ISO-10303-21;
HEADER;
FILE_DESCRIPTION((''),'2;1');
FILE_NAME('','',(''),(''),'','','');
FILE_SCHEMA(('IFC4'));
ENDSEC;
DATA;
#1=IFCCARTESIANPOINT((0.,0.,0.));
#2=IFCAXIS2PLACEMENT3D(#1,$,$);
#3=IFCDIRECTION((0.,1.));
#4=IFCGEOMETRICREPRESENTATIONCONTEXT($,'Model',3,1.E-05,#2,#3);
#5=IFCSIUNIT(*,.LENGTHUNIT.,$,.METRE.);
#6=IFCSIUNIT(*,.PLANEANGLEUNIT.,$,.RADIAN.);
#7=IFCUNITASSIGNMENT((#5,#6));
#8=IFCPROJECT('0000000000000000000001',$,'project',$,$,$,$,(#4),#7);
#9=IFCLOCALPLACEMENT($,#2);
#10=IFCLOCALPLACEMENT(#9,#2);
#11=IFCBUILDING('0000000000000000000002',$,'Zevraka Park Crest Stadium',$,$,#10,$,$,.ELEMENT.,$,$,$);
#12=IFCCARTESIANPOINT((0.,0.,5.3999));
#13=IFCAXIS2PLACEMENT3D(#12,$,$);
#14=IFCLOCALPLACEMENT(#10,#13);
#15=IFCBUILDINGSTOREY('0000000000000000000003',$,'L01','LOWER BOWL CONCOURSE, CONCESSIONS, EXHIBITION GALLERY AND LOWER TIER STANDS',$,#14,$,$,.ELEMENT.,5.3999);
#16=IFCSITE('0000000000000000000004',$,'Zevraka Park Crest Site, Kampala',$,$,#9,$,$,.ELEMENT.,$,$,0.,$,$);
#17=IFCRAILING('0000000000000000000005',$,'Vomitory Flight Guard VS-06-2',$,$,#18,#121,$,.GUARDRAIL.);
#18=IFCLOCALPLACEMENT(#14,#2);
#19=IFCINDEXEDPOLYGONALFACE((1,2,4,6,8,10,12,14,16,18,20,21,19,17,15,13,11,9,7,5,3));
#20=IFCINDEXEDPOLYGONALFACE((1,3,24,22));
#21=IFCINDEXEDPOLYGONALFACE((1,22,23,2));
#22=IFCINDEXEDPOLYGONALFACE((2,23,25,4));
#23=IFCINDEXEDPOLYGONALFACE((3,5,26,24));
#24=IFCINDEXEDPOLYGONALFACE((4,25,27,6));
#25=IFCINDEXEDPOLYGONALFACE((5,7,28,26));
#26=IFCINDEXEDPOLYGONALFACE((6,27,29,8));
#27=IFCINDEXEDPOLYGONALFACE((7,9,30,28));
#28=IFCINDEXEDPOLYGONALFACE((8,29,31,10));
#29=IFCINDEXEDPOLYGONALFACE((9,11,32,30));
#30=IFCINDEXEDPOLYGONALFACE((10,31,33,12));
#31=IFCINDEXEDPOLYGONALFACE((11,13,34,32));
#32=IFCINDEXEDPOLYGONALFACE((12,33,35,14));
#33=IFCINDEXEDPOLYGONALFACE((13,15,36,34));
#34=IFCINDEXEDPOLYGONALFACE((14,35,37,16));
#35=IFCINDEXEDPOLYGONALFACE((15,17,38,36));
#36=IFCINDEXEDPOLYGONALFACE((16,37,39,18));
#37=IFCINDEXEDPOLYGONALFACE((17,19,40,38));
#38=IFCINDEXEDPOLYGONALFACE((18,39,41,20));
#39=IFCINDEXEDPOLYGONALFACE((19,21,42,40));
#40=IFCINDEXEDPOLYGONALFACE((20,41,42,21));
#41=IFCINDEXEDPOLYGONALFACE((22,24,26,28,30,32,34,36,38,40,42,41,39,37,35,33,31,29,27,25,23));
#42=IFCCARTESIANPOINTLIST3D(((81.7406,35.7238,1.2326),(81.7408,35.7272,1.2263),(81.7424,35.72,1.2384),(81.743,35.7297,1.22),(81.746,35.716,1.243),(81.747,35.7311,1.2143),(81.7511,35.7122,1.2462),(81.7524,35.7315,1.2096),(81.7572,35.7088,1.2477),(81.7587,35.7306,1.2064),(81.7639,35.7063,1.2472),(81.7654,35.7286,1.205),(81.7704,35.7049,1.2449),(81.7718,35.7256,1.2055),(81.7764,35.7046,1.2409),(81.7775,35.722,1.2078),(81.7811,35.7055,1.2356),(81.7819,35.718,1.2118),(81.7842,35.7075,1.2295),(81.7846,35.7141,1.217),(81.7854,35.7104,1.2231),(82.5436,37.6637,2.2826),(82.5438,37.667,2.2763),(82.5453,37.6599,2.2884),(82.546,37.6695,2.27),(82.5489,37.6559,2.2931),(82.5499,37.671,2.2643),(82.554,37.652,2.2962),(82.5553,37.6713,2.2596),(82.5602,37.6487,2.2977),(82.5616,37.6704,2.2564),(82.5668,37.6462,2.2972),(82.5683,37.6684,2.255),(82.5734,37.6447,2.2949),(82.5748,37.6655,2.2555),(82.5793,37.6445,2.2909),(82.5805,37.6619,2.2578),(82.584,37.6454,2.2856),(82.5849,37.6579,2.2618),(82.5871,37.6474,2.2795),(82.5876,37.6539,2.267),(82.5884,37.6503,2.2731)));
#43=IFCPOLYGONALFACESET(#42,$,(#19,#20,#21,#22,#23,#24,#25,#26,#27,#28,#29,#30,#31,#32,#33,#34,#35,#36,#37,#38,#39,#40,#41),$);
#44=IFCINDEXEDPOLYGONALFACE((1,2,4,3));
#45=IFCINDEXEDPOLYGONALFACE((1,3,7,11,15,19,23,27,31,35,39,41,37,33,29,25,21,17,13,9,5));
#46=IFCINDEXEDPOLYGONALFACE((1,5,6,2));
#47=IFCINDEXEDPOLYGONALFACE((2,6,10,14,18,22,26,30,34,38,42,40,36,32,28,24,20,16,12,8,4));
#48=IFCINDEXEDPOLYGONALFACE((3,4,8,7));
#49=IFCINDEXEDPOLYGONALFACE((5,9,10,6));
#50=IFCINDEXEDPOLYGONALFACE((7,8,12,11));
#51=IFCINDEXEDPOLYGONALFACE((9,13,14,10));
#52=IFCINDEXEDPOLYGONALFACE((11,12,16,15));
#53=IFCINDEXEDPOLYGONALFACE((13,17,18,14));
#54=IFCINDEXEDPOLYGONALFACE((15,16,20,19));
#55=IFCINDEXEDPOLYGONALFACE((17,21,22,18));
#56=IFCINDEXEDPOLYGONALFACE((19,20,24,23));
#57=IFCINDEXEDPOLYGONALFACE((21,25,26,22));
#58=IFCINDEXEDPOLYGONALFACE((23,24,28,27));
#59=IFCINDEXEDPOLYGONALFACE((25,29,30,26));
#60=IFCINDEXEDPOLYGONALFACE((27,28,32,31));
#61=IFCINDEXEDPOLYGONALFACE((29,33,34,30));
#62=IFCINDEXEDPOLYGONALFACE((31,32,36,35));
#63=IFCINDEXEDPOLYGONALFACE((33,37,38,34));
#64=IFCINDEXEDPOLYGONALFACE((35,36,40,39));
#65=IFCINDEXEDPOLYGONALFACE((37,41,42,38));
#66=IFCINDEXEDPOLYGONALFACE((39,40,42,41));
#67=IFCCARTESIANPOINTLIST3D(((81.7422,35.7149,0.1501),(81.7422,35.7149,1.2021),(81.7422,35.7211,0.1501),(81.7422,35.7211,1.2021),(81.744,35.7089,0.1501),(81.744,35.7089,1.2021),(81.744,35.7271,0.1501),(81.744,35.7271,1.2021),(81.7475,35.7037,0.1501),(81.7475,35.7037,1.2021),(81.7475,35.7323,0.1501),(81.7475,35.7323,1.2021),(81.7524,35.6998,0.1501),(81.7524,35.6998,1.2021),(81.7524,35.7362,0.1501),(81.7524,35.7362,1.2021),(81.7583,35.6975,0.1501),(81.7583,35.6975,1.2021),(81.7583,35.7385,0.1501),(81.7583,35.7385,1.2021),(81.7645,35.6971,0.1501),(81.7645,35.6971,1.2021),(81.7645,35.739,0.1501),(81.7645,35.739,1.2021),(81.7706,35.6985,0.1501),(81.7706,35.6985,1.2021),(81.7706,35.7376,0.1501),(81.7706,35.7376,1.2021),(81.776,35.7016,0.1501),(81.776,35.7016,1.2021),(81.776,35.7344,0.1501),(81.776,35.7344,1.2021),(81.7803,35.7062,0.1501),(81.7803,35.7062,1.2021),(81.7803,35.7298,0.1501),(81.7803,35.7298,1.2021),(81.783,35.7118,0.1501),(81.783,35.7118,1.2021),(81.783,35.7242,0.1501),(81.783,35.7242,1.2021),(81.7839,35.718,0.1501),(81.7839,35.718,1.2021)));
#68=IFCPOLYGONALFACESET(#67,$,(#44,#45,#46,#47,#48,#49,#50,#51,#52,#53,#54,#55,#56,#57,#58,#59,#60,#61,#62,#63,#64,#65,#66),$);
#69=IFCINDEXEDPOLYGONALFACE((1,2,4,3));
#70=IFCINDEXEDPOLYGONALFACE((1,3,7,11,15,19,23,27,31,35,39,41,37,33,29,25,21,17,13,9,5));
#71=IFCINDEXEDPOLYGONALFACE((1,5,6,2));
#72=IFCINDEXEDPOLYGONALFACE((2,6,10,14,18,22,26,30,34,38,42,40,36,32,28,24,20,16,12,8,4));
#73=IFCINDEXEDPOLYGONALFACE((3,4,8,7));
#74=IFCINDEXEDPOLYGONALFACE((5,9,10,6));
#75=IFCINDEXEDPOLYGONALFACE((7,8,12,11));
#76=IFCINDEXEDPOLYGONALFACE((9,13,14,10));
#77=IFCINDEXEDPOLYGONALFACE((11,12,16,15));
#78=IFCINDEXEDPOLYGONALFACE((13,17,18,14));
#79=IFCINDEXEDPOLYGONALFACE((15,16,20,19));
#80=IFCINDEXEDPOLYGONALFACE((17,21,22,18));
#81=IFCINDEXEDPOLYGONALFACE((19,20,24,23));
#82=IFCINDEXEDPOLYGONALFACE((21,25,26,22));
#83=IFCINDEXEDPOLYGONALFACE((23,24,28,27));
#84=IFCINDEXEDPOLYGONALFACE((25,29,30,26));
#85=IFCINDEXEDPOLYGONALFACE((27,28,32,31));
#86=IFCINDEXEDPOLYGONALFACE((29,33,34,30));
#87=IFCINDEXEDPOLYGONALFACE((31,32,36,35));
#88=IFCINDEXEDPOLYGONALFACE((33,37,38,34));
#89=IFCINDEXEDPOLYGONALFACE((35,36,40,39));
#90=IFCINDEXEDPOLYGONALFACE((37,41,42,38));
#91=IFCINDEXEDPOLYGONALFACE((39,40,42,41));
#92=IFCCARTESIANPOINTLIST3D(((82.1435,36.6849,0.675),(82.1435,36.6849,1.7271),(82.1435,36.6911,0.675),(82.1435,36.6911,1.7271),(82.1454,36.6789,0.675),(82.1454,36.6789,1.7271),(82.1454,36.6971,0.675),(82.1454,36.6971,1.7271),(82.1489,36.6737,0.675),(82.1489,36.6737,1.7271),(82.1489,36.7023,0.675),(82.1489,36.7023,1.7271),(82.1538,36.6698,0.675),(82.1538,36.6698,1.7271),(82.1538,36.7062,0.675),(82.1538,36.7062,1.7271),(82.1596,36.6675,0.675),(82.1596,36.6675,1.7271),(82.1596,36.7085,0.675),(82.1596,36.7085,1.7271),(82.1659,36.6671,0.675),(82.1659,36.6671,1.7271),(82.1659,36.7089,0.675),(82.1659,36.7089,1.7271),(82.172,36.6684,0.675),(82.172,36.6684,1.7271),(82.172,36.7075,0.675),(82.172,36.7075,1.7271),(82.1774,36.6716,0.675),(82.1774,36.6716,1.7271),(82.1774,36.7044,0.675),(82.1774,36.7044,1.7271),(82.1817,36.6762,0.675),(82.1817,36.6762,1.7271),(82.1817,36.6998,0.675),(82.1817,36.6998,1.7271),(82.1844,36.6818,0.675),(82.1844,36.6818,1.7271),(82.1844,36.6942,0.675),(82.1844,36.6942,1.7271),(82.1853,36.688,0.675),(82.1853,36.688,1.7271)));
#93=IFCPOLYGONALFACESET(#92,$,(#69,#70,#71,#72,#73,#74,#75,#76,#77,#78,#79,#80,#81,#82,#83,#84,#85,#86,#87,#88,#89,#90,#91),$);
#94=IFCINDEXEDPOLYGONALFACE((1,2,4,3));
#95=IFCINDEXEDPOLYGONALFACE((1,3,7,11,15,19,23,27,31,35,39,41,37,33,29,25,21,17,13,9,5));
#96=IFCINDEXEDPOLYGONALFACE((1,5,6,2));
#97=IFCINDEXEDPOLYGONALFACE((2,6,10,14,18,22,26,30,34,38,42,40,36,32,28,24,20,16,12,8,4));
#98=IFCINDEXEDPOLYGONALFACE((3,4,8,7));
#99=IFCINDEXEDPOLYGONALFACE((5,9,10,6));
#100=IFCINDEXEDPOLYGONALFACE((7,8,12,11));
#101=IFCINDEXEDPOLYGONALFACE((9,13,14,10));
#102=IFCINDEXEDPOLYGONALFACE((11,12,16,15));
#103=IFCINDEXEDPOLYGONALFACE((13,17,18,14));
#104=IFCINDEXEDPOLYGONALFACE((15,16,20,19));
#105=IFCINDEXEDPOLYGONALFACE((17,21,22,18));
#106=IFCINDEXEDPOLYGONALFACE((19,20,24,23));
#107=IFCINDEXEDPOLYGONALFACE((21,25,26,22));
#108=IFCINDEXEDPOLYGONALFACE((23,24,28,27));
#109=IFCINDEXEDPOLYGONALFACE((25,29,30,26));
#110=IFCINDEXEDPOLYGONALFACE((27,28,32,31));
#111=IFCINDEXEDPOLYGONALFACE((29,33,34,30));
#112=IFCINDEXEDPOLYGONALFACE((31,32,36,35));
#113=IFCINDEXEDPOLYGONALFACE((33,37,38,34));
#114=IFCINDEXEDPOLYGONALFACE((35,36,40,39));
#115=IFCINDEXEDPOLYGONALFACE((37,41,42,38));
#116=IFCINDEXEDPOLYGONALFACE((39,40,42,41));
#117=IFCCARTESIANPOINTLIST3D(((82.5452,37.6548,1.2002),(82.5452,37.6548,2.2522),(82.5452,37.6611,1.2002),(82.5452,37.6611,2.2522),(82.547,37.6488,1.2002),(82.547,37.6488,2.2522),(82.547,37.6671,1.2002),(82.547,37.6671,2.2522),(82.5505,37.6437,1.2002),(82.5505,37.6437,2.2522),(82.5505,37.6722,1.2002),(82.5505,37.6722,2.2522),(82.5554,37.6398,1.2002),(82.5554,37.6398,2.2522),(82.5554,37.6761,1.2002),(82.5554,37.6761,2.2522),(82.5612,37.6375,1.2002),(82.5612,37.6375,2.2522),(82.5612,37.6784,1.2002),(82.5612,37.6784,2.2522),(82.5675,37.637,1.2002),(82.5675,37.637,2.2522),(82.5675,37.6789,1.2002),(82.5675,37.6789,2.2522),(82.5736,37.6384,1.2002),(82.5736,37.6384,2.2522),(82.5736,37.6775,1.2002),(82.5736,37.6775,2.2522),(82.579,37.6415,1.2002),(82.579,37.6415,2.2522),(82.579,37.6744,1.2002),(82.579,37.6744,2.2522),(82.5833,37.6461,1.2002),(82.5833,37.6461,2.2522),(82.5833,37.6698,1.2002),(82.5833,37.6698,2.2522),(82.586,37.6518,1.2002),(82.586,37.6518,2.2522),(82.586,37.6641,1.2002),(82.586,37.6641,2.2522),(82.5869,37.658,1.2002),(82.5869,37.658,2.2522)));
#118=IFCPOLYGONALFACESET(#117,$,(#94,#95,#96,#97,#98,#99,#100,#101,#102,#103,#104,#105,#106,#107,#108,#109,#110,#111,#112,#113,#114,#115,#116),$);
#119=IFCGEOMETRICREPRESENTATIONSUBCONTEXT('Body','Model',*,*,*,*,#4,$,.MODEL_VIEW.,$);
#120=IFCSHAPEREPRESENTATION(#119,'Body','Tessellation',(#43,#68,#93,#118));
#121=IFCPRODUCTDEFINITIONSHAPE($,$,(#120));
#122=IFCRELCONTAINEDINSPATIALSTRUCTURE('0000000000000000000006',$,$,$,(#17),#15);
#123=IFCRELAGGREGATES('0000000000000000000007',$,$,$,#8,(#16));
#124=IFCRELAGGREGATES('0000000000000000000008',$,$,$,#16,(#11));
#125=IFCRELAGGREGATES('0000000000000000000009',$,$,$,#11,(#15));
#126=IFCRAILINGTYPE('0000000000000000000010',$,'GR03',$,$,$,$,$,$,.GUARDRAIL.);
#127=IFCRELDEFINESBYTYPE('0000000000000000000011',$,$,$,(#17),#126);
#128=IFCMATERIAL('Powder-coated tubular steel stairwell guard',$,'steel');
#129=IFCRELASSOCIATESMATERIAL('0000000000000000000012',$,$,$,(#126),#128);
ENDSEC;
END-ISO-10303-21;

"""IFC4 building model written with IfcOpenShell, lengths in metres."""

from ifc_helpers import new_model, si_unit, direction, frame, origin, origin_2d, place, context, subcontext, project, spatial, circle, extrude, material, type_object, element, save


model = new_model("IFC4")

# Units and contexts
model_context = context("Model", 3, precision=1e-05, world=origin(), true_north=direction((0.0, 1.0)))
body_context = subcontext(model_context, "Body", "Model", "MODEL_VIEW")
ifc_project = project(units=[si_unit("LENGTHUNIT", "METRE"), si_unit("PLANEANGLEUNIT", "RADIAN")], contexts=[model_context])

# Site, building, storey
site_placement = place(None, origin())
site = spatial("IfcSite", under=ifc_project, at=site_placement, Name="Zevraka Park Crest Site, Kampala", CompositionType="ELEMENT", RefElevation=0.0)
building_placement = place(site_placement, origin())
building = spatial("IfcBuilding", under=site, at=building_placement, Name="Zevraka Park Crest Stadium", CompositionType="ELEMENT")
storey_placement = place(building_placement, frame((0.0, 0.0, 5.3999)))
storey = spatial("IfcBuildingStorey", under=building, at=storey_placement, Name="L01", Description="LOWER BOWL CONCOURSE, CONCESSIONS, EXHIBITION GALLERY AND LOWER TIER STANDS", CompositionType="ELEMENT", Elevation=5.3999)

# Railing
ifc_material_1 = material(Name="Powder-coated tubular steel stairwell guard", Category="steel")
railing_type_1 = type_object("IfcRailingType", Name="GR03", PredefinedType="GUARDRAIL", material=ifc_material_1)
railing_1_placement = place(storey_placement, frame((81.7629, 35.718, 0.1501)))
element("IfcRailing", 1, at=railing_1_placement, inside=storey, type_object=railing_type_1, Name="Vomitory Flight Guard VS-06-2", PredefinedType="GUARDRAIL", context=body_context, shape_type="SweptSolid", body=[
    extrude(circle(Radius=0.0239, at=origin_2d()), frame((0.0, 0.0, 1.0762), z_axis=(0.342057, 0.826387, 0.447305), x_axis=(-0.923976, 0.382451, 0.0)), (0.0, 0.0, 1.0), 2.3474),
    extrude(circle(Radius=0.021, at=origin_2d()), origin(), (0.0, 0.0, 1.0), 1.052),
    extrude(circle(Radius=0.021, at=origin_2d()), frame((0.4014, 0.97, 0.5249)), (0.0, 0.0, 1.0), 1.052),
    extrude(circle(Radius=0.021, at=origin_2d()), frame((0.803, 1.9399, 1.05)), (0.0, 0.0, 1.0), 1.052),
])

save(model, "model.ifc")
